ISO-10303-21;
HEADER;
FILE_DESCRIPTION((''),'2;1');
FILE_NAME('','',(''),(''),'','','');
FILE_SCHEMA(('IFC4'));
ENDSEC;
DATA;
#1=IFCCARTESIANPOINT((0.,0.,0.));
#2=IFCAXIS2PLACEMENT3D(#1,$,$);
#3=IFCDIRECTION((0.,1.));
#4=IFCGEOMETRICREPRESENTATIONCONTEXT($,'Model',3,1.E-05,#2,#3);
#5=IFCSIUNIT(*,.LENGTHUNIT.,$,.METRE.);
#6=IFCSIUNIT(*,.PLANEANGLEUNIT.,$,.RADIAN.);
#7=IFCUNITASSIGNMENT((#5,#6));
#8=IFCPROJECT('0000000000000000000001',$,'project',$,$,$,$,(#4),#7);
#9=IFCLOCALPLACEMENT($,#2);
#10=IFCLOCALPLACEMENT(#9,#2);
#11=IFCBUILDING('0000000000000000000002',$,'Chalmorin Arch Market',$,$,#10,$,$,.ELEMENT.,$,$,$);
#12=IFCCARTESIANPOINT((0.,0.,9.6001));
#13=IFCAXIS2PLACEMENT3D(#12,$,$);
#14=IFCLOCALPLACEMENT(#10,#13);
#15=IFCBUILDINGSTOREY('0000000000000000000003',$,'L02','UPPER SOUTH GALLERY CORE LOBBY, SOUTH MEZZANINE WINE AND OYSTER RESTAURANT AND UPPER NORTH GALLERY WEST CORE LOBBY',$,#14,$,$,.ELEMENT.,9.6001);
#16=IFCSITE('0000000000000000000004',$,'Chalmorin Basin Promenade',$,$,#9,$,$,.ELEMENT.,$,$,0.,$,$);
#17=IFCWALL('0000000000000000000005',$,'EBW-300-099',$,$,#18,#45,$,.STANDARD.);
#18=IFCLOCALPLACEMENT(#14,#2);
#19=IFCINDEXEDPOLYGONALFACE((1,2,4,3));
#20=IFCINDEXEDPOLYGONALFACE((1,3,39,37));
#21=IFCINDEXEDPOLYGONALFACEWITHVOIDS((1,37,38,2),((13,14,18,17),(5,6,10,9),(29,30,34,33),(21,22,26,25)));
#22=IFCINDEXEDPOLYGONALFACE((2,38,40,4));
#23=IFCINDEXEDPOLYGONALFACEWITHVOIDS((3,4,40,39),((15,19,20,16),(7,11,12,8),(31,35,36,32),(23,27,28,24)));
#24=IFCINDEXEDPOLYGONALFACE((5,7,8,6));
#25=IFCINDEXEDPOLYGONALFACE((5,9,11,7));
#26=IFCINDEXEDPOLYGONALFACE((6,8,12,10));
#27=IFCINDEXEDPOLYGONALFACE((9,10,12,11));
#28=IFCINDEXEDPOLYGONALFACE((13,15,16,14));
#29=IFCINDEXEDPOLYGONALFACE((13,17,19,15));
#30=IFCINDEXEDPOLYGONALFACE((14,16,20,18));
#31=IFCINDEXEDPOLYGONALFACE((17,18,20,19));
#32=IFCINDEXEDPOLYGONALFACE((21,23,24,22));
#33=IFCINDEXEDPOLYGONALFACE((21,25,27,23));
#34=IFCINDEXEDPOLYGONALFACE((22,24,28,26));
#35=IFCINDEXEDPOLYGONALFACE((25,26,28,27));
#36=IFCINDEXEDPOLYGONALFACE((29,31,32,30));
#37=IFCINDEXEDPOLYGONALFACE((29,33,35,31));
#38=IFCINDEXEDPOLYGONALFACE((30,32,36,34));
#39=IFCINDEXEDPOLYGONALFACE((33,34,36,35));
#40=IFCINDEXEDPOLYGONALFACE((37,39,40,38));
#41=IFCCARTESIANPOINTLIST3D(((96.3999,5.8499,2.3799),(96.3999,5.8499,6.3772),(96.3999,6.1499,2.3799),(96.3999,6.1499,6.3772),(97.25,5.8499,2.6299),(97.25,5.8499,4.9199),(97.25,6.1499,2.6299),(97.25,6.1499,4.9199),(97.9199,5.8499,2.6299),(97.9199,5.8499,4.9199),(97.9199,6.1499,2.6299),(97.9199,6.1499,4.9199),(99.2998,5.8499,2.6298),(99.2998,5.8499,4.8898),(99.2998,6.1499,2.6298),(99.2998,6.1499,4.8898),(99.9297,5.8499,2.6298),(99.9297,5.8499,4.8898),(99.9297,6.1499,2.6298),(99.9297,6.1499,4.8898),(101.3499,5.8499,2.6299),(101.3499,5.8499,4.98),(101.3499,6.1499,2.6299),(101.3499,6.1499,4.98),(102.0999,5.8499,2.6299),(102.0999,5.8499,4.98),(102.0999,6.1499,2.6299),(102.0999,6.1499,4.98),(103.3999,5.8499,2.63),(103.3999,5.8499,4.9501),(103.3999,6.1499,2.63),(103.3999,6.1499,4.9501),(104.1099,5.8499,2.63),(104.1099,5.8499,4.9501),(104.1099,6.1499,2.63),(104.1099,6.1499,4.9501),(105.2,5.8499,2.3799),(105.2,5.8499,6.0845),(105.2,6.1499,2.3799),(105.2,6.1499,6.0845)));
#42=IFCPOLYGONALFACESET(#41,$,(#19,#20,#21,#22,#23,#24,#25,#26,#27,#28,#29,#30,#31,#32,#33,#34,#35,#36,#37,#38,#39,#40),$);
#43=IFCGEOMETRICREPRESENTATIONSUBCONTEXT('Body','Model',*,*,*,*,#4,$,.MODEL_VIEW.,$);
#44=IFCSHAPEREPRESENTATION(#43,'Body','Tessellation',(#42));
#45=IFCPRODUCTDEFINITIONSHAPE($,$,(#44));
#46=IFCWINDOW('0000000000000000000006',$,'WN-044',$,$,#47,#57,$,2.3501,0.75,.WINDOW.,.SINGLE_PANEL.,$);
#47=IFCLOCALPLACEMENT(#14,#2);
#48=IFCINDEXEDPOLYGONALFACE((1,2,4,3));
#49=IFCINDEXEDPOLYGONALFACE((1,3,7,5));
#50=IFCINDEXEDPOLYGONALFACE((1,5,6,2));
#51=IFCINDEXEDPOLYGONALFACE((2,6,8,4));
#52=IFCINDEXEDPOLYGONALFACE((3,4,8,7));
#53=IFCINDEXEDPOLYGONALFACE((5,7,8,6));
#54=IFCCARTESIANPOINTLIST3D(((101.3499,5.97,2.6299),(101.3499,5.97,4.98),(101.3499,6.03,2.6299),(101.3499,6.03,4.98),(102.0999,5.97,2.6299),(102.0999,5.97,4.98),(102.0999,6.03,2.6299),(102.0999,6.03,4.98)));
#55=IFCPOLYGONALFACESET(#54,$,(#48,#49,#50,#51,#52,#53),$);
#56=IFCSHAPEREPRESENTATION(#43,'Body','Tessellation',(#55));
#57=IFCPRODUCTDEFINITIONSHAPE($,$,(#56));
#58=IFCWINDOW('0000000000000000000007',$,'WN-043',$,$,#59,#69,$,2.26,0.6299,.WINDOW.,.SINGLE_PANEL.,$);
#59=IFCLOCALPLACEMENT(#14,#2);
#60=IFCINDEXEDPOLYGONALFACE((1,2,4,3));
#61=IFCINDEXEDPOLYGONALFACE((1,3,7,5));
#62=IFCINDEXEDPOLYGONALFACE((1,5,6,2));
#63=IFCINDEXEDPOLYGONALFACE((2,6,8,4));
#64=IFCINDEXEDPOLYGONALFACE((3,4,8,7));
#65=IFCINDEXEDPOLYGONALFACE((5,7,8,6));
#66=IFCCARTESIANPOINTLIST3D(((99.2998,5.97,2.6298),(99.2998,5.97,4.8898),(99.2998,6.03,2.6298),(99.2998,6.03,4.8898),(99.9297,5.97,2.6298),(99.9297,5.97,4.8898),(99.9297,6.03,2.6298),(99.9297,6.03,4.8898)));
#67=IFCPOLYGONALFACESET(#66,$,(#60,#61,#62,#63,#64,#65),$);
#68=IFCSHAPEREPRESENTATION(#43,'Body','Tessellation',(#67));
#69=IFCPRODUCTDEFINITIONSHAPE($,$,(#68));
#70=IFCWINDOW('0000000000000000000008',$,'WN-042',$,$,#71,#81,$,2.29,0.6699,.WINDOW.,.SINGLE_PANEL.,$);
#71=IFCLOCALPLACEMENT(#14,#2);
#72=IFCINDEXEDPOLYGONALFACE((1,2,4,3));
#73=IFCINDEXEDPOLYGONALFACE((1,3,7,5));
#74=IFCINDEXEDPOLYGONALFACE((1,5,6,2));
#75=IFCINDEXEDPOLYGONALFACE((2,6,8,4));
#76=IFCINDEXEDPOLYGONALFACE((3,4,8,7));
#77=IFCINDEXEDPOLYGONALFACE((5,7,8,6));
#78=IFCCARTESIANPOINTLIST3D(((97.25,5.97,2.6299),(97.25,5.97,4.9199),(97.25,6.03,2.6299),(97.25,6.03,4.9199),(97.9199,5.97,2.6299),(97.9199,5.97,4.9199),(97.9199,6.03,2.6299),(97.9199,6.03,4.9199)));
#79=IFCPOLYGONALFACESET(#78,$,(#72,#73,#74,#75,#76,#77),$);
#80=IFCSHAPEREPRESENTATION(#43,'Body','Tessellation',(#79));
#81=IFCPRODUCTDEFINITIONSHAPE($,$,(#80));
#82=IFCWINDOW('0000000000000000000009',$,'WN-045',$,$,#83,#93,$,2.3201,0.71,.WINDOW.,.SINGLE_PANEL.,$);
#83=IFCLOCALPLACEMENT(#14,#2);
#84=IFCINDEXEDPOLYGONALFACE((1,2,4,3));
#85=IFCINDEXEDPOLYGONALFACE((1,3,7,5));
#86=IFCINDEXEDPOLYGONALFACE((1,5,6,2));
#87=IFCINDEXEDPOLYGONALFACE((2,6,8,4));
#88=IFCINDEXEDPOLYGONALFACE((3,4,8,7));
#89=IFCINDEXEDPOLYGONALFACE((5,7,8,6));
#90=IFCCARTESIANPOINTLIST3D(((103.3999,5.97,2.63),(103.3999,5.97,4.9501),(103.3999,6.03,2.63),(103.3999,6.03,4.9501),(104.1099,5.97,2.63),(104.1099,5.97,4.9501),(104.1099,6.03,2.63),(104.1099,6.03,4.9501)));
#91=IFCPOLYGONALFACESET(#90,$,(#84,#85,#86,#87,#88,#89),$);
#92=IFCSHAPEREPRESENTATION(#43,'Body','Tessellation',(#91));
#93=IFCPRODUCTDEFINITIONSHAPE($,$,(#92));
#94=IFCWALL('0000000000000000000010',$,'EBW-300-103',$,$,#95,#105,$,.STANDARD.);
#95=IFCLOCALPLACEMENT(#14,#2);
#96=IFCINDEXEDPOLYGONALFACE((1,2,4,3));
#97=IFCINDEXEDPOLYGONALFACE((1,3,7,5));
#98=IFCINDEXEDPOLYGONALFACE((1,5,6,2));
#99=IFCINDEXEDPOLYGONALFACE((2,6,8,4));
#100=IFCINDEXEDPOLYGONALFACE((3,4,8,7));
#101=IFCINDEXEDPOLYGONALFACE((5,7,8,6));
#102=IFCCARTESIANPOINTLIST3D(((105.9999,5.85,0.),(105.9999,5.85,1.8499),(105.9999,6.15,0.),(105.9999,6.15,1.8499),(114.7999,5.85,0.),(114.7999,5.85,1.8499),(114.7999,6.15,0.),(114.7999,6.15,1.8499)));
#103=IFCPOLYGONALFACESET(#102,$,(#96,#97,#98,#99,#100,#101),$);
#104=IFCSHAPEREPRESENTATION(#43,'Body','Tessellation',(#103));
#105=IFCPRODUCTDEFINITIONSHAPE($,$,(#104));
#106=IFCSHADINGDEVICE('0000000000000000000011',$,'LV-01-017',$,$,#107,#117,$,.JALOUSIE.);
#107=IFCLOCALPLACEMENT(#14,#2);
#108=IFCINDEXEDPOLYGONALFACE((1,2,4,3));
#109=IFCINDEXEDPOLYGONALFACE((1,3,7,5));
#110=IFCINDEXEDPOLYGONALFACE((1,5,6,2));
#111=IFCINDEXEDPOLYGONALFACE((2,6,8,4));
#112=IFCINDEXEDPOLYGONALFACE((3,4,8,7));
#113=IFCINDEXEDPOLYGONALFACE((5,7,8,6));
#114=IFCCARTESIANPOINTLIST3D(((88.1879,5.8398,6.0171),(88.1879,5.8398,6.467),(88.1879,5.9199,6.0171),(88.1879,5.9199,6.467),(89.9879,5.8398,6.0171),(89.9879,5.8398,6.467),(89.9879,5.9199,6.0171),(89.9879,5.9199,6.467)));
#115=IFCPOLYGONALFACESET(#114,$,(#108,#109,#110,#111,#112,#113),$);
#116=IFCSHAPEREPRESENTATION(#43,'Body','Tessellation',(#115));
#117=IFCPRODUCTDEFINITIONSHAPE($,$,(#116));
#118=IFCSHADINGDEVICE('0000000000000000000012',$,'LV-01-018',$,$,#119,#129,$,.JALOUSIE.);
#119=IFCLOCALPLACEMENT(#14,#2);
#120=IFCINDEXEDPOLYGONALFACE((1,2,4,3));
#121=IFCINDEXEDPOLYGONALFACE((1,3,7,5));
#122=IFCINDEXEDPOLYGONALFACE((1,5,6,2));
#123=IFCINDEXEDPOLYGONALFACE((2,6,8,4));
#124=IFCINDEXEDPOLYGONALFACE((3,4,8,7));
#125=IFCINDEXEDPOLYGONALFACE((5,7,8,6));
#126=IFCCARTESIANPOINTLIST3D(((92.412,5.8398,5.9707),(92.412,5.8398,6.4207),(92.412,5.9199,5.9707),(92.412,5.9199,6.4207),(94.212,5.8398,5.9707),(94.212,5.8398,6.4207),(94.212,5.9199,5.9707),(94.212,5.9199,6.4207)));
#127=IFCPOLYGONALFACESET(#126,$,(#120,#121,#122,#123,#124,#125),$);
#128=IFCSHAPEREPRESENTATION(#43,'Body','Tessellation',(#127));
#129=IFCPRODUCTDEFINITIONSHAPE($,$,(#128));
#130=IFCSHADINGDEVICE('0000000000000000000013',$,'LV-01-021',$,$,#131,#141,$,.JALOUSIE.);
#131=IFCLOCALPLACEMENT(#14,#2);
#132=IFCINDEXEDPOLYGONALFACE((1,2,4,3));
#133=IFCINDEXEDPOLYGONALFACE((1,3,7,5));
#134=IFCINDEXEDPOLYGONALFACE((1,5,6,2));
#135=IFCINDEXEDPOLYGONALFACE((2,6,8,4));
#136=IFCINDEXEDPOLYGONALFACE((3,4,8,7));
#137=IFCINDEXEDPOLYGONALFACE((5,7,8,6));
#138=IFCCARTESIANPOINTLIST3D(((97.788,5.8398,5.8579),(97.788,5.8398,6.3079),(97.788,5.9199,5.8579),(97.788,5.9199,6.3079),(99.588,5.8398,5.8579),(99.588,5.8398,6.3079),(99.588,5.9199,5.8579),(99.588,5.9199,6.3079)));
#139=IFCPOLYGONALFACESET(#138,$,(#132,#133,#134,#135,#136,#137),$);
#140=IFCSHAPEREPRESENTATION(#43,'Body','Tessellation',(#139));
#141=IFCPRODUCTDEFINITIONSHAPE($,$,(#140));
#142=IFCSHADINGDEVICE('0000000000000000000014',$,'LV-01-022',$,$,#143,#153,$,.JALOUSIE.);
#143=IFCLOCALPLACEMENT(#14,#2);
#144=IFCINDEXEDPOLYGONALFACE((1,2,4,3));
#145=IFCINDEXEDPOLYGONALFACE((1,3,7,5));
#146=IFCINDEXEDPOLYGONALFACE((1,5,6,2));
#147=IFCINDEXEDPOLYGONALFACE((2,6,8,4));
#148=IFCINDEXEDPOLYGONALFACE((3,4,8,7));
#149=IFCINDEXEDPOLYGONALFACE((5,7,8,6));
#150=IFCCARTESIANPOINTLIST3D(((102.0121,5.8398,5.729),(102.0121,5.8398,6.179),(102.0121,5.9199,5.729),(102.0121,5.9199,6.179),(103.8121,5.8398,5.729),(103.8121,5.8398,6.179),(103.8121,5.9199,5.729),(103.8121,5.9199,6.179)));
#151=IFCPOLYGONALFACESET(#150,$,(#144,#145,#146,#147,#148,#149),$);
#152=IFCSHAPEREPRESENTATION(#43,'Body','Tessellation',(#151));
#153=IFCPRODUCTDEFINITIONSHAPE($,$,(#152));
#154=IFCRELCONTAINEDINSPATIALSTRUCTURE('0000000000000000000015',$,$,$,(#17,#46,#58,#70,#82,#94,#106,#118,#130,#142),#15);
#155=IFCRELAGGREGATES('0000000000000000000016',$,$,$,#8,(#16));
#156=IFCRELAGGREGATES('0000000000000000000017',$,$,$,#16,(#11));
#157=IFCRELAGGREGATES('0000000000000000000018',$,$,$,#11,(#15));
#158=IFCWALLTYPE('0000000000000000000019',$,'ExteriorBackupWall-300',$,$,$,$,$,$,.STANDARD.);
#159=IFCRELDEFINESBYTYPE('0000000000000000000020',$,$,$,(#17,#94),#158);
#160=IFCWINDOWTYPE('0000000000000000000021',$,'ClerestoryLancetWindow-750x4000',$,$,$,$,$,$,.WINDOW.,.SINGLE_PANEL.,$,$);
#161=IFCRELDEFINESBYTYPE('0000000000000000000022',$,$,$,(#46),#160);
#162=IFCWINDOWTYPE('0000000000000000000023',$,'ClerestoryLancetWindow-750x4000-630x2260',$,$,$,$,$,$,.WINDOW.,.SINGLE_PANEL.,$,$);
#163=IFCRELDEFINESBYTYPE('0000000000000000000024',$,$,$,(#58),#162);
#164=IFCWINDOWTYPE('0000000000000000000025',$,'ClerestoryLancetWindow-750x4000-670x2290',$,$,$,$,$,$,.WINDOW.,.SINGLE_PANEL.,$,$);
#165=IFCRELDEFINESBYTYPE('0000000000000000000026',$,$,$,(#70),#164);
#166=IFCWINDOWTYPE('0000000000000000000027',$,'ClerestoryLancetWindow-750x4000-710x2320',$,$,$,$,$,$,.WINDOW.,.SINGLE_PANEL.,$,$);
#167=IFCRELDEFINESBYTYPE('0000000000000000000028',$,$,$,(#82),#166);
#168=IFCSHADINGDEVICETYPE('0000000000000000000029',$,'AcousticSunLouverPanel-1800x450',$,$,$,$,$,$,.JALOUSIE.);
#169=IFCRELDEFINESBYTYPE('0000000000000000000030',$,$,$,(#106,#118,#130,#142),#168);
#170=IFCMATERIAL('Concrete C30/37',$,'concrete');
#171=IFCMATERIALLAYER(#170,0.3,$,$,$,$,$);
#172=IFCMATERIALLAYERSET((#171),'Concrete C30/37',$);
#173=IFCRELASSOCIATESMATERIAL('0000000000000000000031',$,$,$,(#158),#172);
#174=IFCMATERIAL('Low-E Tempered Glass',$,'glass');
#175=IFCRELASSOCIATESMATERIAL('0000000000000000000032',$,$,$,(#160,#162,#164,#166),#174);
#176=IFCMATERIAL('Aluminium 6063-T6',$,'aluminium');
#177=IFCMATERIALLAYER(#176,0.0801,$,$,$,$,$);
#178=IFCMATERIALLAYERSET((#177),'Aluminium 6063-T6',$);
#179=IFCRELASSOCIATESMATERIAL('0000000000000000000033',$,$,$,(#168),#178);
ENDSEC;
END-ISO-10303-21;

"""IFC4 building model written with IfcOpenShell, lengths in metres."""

from ifc_helpers import new_model, si_unit, direction, frame, frame_2d, origin, origin_2d, place, context, subcontext, project, spatial, polyline, rectangle, outline, extrude, material, layer, layer_set, type_object, element, fill, save


model = new_model("IFC4")

# Units and contexts
model_context = context("Model", 3, precision=1e-05, world=origin(), true_north=direction((0.0, 1.0)))
body_context = subcontext(model_context, "Body", "Model", "MODEL_VIEW")
ifc_project = project(units=[si_unit("LENGTHUNIT", "METRE"), si_unit("PLANEANGLEUNIT", "RADIAN")], contexts=[model_context])

# Site, building, storey
site_placement = place(None, origin())
site = spatial("IfcSite", under=ifc_project, at=site_placement, Name="Chalmorin Basin Promenade", CompositionType="ELEMENT", RefElevation=0.0)
building_placement = place(site_placement, origin())
building = spatial("IfcBuilding", under=site, at=building_placement, Name="Chalmorin Arch Market", CompositionType="ELEMENT")
storey_placement = place(building_placement, frame((0.0, 0.0, 9.6001)))
storey = spatial("IfcBuildingStorey", under=building, at=storey_placement, Name="L02", Description="UPPER SOUTH GALLERY CORE LOBBY, SOUTH MEZZANINE WINE AND OYSTER RESTAURANT AND UPPER NORTH GALLERY WEST CORE LOBBY", CompositionType="ELEMENT", Elevation=9.6001)

# Shared definitions
ifc_material_1 = material(Name="Aluminium 6063-T6", Category="aluminium")

# Shared definitions
ifc_material_2 = material(Name="Concrete C30/37", Category="concrete")
ifc_layer_1 = layer(ifc_material_2, 0.3)
ifc_layer_set_1 = layer_set([ifc_layer_1], Name="Concrete C30/37")
wall_type = type_object("IfcWallType", Name="ExteriorBackupWall-300", PredefinedType="STANDARD", material=ifc_layer_set_1)

# Wall, openings, windows
wall_1_placement = place(storey_placement, frame((96.3999, 6.0, 2.3799), z_axis=(0.0, 0.0, 1.0), x_axis=(1.0, 0.0, 0.0)))
wall_1 = element("IfcWall", 1, at=wall_1_placement, inside=storey, type_object=wall_type, Name="EBW-300-099", PredefinedType="STANDARD", context=body_context, shape_type="SweptSolid", body=[
    extrude(outline(polyline([(0.0, 0.0), (8.8, 0.0), (8.8, 3.7046), (0.0, 3.9973), (0.0, 0.0)])), frame((0.0, 0.1499, 0.0), z_axis=(0.0, -1.0, 0.0), x_axis=(1.0, 0.0, 0.0)), (0.0, 0.0, 1.0), 0.3),
])
opening_1_placement = place(wall_1_placement, frame((0.8501, 0.0, 0.25)))
opening_1 = element("IfcOpeningElement", 2, at=opening_1_placement, cuts=wall_1, PredefinedType="OPENING", context=body_context, shape_type="SweptSolid", body=[
    extrude(rectangle(XDim=0.6699, YDim=2.29, at=frame_2d((0.335, 1.145))), frame((0.0, 0.1599, 0.0), z_axis=(0.0, -1.0, 0.0), x_axis=(1.0, 0.0, 0.0)), (0.0, 0.0, 1.0), 0.3201),
])
opening_2_placement = place(wall_1_placement, frame((2.8999, 0.0, 0.25)))
opening_2 = element("IfcOpeningElement", 3, at=opening_2_placement, cuts=wall_1, PredefinedType="OPENING", context=body_context, shape_type="SweptSolid", body=[
    extrude(rectangle(XDim=0.6299, YDim=2.26, at=frame_2d((0.3149, 1.1299))), frame((0.0, 0.1599, 0.0), z_axis=(0.0, -1.0, 0.0), x_axis=(1.0, 0.0, 0.0)), (0.0, 0.0, 1.0), 0.3201),
])
opening_3_placement = place(wall_1_placement, frame((4.95, 0.0, 0.25)))
opening_3 = element("IfcOpeningElement", 4, at=opening_3_placement, cuts=wall_1, PredefinedType="OPENING", context=body_context, shape_type="SweptSolid", body=[
    extrude(rectangle(XDim=0.75, YDim=2.3501, at=frame_2d((0.375, 1.175))), frame((0.0, 0.1599, 0.0), z_axis=(0.0, -1.0, 0.0), x_axis=(1.0, 0.0, 0.0)), (0.0, 0.0, 1.0), 0.3201),
])
opening_4_placement = place(wall_1_placement, frame((7.0, 0.0, 0.25)))
opening_4 = element("IfcOpeningElement", 5, at=opening_4_placement, cuts=wall_1, PredefinedType="OPENING", context=body_context, shape_type="SweptSolid", body=[
    extrude(rectangle(XDim=0.71, YDim=2.3201, at=frame_2d((0.355, 1.1602))), frame((0.0, 0.1599, 0.0), z_axis=(0.0, -1.0, 0.0), x_axis=(1.0, 0.0, 0.0)), (0.0, 0.0, 1.0), 0.3201),
])
ifc_material_3 = material(Name="Low-E Tempered Glass", Category="glass")
window_type_1 = type_object("IfcWindowType", Name="ClerestoryLancetWindow-750x4000", PartitioningType="SINGLE_PANEL", PredefinedType="WINDOW", material=ifc_material_3)
window_1_placement = place(opening_3_placement, origin())
window_1 = element("IfcWindow", 6, at=window_1_placement, inside=storey, type_object=window_type_1, Name="WN-044", OverallHeight=2.3501, OverallWidth=0.75, PartitioningType="SINGLE_PANEL", PredefinedType="WINDOW", context=body_context, shape_type="SweptSolid", body=[
    extrude(rectangle(XDim=0.75, YDim=2.3501, at=frame_2d((0.375, 1.175))), frame((0.0, 0.03, 0.0), z_axis=(0.0, -1.0, 0.0), x_axis=(1.0, 0.0, 0.0)), (0.0, 0.0, 1.0), 0.0601),
])
fill(opening_3, window_1)
window_type_2 = type_object("IfcWindowType", Name="ClerestoryLancetWindow-750x4000-630x2260", PartitioningType="SINGLE_PANEL", PredefinedType="WINDOW", material=ifc_material_3)
window_2_placement = place(opening_2_placement, origin())
window_2 = element("IfcWindow", 7, at=window_2_placement, inside=storey, type_object=window_type_2, Name="WN-043", OverallHeight=2.26, OverallWidth=0.6299, PartitioningType="SINGLE_PANEL", PredefinedType="WINDOW", context=body_context, shape_type="SweptSolid", body=[
    extrude(rectangle(XDim=0.6299, YDim=2.26, at=frame_2d((0.3149, 1.1299))), frame((0.0, 0.03, 0.0), z_axis=(0.0, -1.0, 0.0), x_axis=(1.0, 0.0, 0.0)), (0.0, 0.0, 1.0), 0.0601),
])
fill(opening_2, window_2)
window_type_3 = type_object("IfcWindowType", Name="ClerestoryLancetWindow-750x4000-670x2290", PartitioningType="SINGLE_PANEL", PredefinedType="WINDOW", material=ifc_material_3)
window_3_placement = place(opening_1_placement, origin())
window_3 = element("IfcWindow", 8, at=window_3_placement, inside=storey, type_object=window_type_3, Name="WN-042", OverallHeight=2.29, OverallWidth=0.6699, PartitioningType="SINGLE_PANEL", PredefinedType="WINDOW", context=body_context, shape_type="SweptSolid", body=[
    extrude(rectangle(XDim=0.6699, YDim=2.29, at=frame_2d((0.335, 1.145))), frame((0.0, 0.03, 0.0), z_axis=(0.0, -1.0, 0.0), x_axis=(1.0, 0.0, 0.0)), (0.0, 0.0, 1.0), 0.0601),
])
fill(opening_1, window_3)
window_type_4 = type_object("IfcWindowType", Name="ClerestoryLancetWindow-750x4000-710x2320", PartitioningType="SINGLE_PANEL", PredefinedType="WINDOW", material=ifc_material_3)
window_4_placement = place(opening_4_placement, origin())
window_4 = element("IfcWindow", 9, at=window_4_placement, inside=storey, type_object=window_type_4, Name="WN-045", OverallHeight=2.3201, OverallWidth=0.71, PartitioningType="SINGLE_PANEL", PredefinedType="WINDOW", context=body_context, shape_type="SweptSolid", body=[
    extrude(rectangle(XDim=0.71, YDim=2.3201, at=frame_2d((0.355, 1.1602))), frame((0.0, 0.03, 0.0), z_axis=(0.0, -1.0, 0.0), x_axis=(1.0, 0.0, 0.0)), (0.0, 0.0, 1.0), 0.0601),
])
fill(opening_4, window_4)

# Wall
wall_2_placement = place(storey_placement, frame((106.0, 6.0, 0.0), z_axis=(0.0, 0.0, 1.0), x_axis=(1.0, 0.0, 0.0)))
element("IfcWall", 10, at=wall_2_placement, inside=storey, type_object=wall_type, Name="EBW-300-103", PredefinedType="STANDARD", context=body_context, shape_type="SweptSolid", body=[
    extrude(rectangle(XDim=8.8, YDim=0.3, at=frame_2d((4.3999, 0.0))), origin(), (0.0, 0.0, 1.0), 1.8499),
])

# Shading devices
ifc_layer_2 = layer(ifc_material_1, 0.0801)
ifc_layer_set_2 = layer_set([ifc_layer_2], Name="Aluminium 6063-T6")
shading_device_type = type_object("IfcShadingDeviceType", Name="AcousticSunLouverPanel-1800x450", PredefinedType="JALOUSIE", material=ifc_layer_set_2)
for number, where, z_axis, x_axis, name in (
    (11, (89.0879, 5.8799, 6.0171), (0.0, 0.0, 1.0), (1.0, 0.0, 0.0), "LV-01-017"),
    (12, (93.312, 5.8799, 5.9707), (0.0, 0.0, 1.0), (1.0, 0.0, 0.0), "LV-01-018"),
    (13, (98.688, 5.8799, 5.8579), (0.0, 0.0, 1.0), (1.0, 0.0, 0.0), "LV-01-021"),
    (14, (102.9121, 5.8799, 5.729), (0.0, 0.0, 1.0), (1.0, 0.0, 0.0), "LV-01-022"),
):
    element("IfcShadingDevice", number, at=place(storey_placement, frame(where, z_axis=z_axis, x_axis=x_axis)), inside=storey, type_object=shading_device_type, Name=name, PredefinedType="JALOUSIE", context=body_context, shape_type="SweptSolid", body=[
        extrude(rectangle(XDim=1.8, YDim=0.0801, at=origin_2d()), origin(), (0.0, 0.0, 1.0), 0.45),
    ])

save(model, "model.ifc")
